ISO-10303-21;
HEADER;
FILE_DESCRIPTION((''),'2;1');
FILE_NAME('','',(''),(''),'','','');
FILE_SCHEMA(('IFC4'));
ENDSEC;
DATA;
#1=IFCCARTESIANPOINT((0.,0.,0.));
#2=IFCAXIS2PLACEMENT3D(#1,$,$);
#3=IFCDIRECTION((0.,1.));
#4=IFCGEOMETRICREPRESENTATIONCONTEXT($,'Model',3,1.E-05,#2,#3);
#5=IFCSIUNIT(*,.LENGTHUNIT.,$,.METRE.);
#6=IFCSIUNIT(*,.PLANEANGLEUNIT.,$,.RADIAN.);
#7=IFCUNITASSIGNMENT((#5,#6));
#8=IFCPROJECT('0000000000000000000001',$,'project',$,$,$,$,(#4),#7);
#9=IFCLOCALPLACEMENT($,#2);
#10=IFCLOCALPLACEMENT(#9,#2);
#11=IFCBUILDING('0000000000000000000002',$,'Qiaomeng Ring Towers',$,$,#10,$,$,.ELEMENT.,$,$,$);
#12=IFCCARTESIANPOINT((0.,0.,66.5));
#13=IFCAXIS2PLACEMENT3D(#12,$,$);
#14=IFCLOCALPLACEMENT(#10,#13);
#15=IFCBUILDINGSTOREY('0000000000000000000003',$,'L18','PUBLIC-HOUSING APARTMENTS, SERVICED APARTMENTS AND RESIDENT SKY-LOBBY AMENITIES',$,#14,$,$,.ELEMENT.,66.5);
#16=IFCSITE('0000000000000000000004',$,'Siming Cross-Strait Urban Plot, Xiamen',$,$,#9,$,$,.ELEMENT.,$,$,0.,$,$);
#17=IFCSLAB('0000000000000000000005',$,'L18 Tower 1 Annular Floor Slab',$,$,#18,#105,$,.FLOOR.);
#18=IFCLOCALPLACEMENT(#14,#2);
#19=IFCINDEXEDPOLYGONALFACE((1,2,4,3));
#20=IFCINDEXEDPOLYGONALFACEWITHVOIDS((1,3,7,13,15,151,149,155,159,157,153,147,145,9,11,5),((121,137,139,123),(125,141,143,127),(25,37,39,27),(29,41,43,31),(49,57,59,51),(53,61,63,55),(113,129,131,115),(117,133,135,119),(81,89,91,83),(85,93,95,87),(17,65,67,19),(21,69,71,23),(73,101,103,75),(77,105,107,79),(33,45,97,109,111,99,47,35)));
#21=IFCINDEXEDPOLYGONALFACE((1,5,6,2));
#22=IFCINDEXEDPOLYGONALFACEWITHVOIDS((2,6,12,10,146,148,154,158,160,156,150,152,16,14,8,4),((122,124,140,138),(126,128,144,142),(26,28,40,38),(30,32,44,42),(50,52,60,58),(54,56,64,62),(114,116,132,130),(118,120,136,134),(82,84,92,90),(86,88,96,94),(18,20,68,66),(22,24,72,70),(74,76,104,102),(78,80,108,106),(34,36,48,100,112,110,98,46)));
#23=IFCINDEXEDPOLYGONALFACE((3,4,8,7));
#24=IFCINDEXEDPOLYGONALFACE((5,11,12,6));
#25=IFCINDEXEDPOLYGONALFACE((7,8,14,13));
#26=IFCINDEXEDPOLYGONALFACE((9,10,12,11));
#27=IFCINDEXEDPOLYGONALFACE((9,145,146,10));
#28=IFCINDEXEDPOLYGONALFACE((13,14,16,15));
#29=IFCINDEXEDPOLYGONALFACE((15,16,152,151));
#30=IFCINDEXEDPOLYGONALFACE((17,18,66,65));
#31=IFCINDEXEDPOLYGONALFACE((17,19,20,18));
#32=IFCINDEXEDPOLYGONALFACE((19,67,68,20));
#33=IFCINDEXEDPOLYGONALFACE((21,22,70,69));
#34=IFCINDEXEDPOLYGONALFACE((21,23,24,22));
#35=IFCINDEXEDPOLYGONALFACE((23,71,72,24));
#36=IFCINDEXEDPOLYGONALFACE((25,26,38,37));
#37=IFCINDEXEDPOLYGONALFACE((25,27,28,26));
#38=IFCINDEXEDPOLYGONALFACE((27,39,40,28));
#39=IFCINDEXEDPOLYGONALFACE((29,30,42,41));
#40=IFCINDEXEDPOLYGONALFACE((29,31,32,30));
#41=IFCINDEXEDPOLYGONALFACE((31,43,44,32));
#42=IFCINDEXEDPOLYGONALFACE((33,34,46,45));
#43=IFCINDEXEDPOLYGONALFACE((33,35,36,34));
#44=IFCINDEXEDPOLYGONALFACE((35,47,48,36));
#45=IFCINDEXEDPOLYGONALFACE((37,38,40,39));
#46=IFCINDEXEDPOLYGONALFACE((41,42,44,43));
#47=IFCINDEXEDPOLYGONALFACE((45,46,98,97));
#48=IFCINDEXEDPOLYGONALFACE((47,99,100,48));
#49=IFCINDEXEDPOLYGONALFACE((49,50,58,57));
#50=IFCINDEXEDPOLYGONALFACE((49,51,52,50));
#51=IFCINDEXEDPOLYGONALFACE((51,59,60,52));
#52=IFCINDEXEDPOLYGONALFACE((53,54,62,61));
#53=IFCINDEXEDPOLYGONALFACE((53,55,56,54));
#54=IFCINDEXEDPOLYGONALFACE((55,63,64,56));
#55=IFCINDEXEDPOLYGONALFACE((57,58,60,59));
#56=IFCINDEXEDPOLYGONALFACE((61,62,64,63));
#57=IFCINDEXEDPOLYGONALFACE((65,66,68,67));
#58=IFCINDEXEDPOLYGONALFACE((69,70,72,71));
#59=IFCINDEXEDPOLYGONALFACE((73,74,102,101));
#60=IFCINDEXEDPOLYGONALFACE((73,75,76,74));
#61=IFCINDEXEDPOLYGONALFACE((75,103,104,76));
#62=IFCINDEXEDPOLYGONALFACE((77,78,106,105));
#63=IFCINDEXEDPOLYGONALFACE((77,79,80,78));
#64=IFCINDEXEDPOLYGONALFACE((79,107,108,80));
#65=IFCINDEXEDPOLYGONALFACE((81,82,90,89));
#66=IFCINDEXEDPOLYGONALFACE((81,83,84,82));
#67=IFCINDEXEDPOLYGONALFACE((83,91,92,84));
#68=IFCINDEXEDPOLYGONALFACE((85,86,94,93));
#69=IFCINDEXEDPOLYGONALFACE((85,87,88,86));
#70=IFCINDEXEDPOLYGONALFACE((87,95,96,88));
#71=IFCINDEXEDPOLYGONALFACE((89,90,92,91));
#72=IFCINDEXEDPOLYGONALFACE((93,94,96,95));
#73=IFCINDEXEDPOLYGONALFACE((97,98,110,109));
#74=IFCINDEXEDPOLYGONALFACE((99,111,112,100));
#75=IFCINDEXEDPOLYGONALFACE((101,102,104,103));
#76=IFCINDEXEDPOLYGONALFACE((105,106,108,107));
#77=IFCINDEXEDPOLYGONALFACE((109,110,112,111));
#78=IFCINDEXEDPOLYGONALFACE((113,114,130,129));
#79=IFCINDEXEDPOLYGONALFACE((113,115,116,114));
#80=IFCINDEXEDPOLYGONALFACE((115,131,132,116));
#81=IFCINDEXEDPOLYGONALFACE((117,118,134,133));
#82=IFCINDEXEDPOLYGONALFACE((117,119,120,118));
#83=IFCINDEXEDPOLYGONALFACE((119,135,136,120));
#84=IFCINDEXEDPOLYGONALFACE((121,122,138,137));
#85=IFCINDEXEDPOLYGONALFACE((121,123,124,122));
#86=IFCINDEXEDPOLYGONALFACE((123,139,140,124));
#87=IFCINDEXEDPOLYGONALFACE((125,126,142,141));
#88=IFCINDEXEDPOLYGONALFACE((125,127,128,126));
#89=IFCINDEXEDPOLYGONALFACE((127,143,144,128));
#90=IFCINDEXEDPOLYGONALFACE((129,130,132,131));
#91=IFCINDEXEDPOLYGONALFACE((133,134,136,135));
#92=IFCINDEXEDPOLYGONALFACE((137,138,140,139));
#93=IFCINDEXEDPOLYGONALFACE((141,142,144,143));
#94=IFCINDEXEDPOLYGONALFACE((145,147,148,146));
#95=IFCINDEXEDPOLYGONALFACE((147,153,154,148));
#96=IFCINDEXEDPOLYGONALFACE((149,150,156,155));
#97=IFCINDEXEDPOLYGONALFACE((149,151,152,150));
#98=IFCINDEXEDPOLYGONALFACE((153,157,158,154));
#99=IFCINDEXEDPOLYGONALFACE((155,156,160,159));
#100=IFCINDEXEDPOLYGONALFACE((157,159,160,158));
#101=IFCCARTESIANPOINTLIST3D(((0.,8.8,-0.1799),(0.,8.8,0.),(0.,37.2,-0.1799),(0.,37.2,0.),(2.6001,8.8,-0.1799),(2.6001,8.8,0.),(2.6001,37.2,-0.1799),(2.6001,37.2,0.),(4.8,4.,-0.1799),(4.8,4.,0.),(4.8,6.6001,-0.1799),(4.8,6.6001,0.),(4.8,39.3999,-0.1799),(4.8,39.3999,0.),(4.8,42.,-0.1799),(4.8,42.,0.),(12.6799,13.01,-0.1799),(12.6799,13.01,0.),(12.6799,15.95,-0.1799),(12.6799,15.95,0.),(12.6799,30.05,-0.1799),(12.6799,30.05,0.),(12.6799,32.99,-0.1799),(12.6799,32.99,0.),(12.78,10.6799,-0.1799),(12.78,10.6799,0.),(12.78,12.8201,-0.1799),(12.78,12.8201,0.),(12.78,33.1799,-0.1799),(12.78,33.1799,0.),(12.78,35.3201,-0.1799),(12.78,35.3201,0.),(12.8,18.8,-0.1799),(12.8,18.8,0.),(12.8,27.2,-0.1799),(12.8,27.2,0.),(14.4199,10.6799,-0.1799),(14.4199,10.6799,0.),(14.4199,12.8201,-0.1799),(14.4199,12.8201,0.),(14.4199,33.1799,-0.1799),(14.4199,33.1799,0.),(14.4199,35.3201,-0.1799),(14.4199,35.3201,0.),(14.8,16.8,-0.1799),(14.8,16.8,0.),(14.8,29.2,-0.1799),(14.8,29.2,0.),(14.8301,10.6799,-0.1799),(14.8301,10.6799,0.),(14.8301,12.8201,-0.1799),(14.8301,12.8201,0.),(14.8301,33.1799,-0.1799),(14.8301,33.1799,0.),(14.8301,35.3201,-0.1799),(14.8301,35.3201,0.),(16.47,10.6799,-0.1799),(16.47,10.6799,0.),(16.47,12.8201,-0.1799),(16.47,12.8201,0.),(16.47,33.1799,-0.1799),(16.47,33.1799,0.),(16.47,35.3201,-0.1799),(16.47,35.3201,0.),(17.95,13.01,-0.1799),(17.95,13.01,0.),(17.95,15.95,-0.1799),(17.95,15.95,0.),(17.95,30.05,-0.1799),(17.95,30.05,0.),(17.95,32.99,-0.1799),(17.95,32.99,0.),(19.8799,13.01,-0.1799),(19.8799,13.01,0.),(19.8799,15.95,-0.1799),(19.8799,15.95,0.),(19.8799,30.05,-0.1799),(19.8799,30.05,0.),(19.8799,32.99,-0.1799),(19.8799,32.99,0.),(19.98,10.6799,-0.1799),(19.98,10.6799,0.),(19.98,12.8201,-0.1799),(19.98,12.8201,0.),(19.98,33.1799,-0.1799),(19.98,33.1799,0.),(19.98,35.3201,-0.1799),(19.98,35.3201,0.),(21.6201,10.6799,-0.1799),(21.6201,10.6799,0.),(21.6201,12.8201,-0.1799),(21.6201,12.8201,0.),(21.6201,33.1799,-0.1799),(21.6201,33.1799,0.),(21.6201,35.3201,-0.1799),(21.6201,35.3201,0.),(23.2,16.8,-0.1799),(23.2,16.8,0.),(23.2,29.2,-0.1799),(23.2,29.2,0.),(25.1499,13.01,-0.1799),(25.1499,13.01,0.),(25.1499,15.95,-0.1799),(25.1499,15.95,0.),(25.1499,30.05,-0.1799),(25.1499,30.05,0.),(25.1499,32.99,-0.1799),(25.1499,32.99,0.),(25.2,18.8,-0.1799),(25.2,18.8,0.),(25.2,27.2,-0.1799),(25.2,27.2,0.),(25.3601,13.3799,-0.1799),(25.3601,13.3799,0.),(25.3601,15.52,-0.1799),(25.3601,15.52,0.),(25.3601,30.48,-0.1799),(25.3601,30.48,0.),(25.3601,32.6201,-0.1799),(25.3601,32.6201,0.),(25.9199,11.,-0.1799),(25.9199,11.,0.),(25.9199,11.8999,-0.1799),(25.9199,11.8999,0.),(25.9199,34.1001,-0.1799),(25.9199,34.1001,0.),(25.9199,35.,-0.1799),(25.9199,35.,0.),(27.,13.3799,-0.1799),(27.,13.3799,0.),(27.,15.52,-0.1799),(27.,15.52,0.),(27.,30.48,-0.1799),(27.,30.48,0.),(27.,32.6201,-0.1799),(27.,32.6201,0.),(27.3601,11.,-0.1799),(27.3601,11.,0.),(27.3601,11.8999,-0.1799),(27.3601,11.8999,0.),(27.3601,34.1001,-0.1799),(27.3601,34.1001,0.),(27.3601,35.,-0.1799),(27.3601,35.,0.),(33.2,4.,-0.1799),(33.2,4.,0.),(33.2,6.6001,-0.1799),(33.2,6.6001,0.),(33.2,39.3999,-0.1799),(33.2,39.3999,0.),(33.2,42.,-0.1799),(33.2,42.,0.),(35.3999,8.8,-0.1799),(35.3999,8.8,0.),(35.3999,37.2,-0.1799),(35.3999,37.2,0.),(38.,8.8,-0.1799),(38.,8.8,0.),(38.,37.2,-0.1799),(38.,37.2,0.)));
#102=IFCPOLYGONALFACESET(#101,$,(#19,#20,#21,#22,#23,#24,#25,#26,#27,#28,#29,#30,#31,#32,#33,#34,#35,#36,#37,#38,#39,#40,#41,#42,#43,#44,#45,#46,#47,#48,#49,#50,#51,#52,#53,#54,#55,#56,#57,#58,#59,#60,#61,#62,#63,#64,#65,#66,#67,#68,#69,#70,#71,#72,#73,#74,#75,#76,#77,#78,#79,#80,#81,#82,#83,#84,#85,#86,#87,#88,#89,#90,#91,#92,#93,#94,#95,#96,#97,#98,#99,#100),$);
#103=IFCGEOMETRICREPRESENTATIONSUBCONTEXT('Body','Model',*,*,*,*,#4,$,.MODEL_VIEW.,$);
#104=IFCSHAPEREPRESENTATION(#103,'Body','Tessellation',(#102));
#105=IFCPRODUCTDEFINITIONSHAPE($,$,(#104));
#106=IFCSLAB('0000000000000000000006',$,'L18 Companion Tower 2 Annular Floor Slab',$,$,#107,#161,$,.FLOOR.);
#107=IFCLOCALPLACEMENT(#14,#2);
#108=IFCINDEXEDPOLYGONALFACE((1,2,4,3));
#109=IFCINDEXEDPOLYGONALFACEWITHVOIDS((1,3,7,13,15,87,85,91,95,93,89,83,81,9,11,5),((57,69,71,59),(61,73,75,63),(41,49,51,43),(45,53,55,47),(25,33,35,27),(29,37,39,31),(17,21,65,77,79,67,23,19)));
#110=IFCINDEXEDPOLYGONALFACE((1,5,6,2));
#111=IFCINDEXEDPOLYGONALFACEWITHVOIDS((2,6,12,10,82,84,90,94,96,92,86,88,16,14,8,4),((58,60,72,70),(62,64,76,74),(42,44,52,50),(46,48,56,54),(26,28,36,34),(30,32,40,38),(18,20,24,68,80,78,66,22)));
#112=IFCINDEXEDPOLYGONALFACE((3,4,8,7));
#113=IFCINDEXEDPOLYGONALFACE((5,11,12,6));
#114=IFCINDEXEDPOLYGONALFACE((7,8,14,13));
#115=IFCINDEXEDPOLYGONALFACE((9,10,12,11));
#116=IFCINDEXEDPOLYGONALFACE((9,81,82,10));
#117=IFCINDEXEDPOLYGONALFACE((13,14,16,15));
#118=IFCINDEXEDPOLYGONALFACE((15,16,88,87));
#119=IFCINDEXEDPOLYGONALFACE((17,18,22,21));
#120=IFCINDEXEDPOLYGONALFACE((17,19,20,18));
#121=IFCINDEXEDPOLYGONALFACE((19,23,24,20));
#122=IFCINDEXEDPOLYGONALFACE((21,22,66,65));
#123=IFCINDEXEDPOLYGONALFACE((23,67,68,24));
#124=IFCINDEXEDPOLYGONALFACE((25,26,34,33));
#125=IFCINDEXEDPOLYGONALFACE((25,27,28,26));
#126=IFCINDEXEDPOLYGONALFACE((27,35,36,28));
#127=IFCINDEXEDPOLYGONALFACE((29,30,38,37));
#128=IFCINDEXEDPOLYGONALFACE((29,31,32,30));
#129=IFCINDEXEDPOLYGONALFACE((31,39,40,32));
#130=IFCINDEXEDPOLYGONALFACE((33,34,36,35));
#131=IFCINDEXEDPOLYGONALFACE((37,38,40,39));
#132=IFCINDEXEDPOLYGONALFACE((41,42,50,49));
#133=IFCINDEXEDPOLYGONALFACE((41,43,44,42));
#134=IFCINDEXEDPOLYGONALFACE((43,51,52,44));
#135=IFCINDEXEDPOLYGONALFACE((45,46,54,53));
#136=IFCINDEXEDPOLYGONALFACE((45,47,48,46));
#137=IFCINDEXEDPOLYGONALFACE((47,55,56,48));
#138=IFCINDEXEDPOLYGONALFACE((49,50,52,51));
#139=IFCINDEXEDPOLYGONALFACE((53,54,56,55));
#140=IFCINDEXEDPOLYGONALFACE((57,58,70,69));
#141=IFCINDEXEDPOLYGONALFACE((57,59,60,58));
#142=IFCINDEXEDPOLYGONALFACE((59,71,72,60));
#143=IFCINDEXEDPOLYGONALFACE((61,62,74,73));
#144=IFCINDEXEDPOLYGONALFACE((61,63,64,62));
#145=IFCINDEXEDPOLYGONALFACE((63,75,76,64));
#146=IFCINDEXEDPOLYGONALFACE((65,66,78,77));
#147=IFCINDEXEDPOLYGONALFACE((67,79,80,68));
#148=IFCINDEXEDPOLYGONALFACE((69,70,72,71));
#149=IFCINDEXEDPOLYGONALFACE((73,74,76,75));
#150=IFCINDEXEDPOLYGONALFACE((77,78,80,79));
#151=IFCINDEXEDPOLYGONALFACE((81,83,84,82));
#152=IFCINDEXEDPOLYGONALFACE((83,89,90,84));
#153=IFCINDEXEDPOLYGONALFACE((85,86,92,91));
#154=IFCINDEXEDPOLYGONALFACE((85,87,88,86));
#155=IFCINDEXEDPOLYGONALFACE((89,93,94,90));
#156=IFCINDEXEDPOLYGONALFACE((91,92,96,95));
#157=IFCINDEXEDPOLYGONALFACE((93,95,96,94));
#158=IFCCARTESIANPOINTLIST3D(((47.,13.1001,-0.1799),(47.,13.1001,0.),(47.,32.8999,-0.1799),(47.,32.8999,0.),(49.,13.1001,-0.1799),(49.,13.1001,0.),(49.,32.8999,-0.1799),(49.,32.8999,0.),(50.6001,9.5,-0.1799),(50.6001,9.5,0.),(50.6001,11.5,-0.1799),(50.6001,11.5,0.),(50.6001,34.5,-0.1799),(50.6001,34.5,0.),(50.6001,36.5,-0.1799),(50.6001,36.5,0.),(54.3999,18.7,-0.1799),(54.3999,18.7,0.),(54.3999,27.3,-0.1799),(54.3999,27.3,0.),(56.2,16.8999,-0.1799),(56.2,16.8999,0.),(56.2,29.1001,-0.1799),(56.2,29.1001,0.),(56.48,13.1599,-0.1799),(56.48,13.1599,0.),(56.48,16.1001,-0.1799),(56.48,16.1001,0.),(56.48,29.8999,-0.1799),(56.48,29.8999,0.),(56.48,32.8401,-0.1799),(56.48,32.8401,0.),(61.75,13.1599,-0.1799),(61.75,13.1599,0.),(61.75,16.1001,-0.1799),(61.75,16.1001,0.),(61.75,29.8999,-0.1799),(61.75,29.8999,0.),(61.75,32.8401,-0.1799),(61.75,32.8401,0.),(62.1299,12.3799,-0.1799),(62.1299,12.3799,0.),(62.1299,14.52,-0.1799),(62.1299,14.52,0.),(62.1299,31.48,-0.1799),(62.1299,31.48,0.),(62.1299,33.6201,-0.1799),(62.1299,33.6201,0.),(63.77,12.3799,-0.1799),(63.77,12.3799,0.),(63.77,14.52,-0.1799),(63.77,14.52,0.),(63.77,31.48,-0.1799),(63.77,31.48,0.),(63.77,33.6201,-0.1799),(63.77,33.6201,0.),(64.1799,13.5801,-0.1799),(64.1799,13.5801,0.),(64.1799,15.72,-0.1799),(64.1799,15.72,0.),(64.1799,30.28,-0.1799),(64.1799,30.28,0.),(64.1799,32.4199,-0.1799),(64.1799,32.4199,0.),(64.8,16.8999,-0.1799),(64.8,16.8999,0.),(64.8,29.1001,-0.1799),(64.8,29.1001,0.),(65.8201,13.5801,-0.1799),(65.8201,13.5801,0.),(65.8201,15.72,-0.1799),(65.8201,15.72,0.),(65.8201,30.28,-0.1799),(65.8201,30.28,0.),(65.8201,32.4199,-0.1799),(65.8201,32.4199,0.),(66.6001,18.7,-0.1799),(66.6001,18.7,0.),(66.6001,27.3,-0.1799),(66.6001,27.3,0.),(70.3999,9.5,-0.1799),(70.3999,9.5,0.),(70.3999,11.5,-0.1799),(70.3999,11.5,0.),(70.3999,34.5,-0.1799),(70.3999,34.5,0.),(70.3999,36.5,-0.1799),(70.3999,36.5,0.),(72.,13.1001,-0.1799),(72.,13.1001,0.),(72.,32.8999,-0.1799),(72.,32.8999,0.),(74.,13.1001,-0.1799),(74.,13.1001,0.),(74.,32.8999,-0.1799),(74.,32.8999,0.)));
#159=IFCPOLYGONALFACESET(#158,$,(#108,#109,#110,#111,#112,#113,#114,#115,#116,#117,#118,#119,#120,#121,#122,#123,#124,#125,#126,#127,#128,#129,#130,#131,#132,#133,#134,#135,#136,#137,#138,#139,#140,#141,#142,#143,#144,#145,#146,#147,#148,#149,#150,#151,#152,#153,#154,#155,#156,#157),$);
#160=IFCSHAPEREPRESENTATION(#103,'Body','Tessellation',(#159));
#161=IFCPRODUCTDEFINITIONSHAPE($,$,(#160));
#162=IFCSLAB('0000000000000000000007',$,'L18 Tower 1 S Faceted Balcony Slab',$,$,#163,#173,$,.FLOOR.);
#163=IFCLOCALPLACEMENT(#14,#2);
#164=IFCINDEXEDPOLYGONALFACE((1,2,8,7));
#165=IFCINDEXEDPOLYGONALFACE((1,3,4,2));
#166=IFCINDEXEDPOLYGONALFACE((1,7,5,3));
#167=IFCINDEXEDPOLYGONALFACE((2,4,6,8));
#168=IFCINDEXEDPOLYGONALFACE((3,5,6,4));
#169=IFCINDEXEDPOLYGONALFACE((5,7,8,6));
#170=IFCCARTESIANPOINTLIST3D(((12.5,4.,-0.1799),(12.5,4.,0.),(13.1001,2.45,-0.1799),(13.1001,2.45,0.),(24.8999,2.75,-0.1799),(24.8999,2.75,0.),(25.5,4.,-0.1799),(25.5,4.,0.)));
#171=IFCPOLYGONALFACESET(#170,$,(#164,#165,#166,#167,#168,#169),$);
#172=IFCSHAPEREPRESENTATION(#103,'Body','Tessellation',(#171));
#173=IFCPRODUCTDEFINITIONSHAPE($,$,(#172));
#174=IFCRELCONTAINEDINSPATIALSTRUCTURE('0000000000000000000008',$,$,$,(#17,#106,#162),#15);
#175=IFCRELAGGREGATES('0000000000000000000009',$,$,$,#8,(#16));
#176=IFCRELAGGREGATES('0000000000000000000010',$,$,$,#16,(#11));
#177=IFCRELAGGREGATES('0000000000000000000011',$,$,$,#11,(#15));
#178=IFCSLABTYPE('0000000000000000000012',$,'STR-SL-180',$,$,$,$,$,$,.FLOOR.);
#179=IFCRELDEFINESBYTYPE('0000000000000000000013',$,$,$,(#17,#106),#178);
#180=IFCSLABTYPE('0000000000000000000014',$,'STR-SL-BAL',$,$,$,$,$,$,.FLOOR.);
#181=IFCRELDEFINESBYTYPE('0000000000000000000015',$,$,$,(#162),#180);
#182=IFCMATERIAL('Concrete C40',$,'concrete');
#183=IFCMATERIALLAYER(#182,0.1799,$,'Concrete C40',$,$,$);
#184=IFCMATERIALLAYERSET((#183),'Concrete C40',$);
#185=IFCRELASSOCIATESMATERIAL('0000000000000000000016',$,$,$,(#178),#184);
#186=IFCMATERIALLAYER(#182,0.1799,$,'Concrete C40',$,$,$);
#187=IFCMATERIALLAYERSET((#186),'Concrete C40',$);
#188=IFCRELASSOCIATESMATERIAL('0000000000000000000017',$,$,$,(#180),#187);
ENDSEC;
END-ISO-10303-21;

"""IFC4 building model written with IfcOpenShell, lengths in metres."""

from ifc_helpers import new_model, si_unit, direction, frame, origin, place, context, subcontext, project, spatial, polyline, outline, extrude, material, layer, layer_set, type_object, element, save


model = new_model("IFC4")

# Units and contexts
model_context = context("Model", 3, precision=1e-05, world=origin(), true_north=direction((0.0, 1.0)))
body_context = subcontext(model_context, "Body", "Model", "MODEL_VIEW")
ifc_project = project(units=[si_unit("LENGTHUNIT", "METRE"), si_unit("PLANEANGLEUNIT", "RADIAN")], contexts=[model_context])

# Site, building, storey
site_placement = place(None, origin())
site = spatial("IfcSite", under=ifc_project, at=site_placement, Name="Siming Cross-Strait Urban Plot, Xiamen", CompositionType="ELEMENT", RefElevation=0.0)
building_placement = place(site_placement, origin())
building = spatial("IfcBuilding", under=site, at=building_placement, Name="Qiaomeng Ring Towers", CompositionType="ELEMENT")
storey_placement = place(building_placement, frame((0.0, 0.0, 66.5)))
storey = spatial("IfcBuildingStorey", under=building, at=storey_placement, Name="L18", Description="PUBLIC-HOUSING APARTMENTS, SERVICED APARTMENTS AND RESIDENT SKY-LOBBY AMENITIES", CompositionType="ELEMENT", Elevation=66.5)

# Slabs
ifc_material_1 = material(Name="Concrete C40", Category="concrete")
ifc_layer_1 = layer(ifc_material_1, 0.1799, Name="Concrete C40")
ifc_layer_set_1 = layer_set([ifc_layer_1], Name="Concrete C40")
slab_type_1 = type_object("IfcSlabType", Name="STR-SL-180", PredefinedType="FLOOR", material=ifc_layer_set_1)
slab_1_placement = place(storey_placement, frame((0.0, 0.0, -0.1799)))
element("IfcSlab", 1, at=slab_1_placement, inside=storey, type_object=slab_type_1, Name="L18 Tower 1 Annular Floor Slab", PredefinedType="FLOOR", context=body_context, shape_type="SweptSolid", body=[
    extrude(outline(polyline([(4.8, 4.0), (33.2, 4.0), (33.2, 6.6001), (35.3999, 8.8), (38.0, 8.8), (38.0, 37.2), (35.3999, 37.2), (33.2, 39.3999), (33.2, 42.0), (4.8, 42.0), (4.8, 39.3999), (2.6001, 37.2), (0.0, 37.2), (0.0, 8.8), (2.6001, 8.8), (4.8, 6.6001), (4.8, 4.0)]), holes=[polyline([(12.78, 10.6799), (12.78, 12.8201), (14.4199, 12.8201), (14.4199, 10.6799), (12.78, 10.6799)]), polyline([(14.8301, 12.8201), (16.47, 12.8201), (16.47, 10.6799), (14.8301, 10.6799), (14.8301, 12.8201)]), polyline([(12.6799, 15.95), (17.95, 15.95), (17.95, 13.01), (12.6799, 13.01), (12.6799, 15.95)]), polyline([(25.2, 27.2), (25.2, 18.8), (23.2, 16.8), (14.8, 16.8), (12.8, 18.8), (12.8, 27.2), (14.8, 29.2), (23.2, 29.2), (25.2, 27.2)]), polyline([(12.6799, 32.99), (17.95, 32.99), (17.95, 30.05), (12.6799, 30.05), (12.6799, 32.99)]), polyline([(12.78, 35.3201), (14.4199, 35.3201), (14.4199, 33.1799), (12.78, 33.1799), (12.78, 35.3201)]), polyline([(14.8301, 35.3201), (16.47, 35.3201), (16.47, 33.1799), (14.8301, 33.1799), (14.8301, 35.3201)]), polyline([(19.98, 35.3201), (21.6201, 35.3201), (21.6201, 33.1799), (19.98, 33.1799), (19.98, 35.3201)]), polyline([(25.9199, 11.8999), (27.3601, 11.8999), (27.3601, 11.0), (25.9199, 11.0), (25.9199, 11.8999)]), polyline([(19.98, 12.8201), (21.6201, 12.8201), (21.6201, 10.6799), (19.98, 10.6799), (19.98, 12.8201)]), polyline([(25.3601, 15.52), (27.0, 15.52), (27.0, 13.3799), (25.3601, 13.3799), (25.3601, 15.52)]), polyline([(19.8799, 15.95), (25.1499, 15.95), (25.1499, 13.01), (19.8799, 13.01), (19.8799, 15.95)]), polyline([(19.8799, 32.99), (25.1499, 32.99), (25.1499, 30.05), (19.8799, 30.05), (19.8799, 32.99)]), polyline([(25.3601, 32.6201), (27.0, 32.6201), (27.0, 30.48), (25.3601, 30.48), (25.3601, 32.6201)]), polyline([(25.9199, 35.0), (27.3601, 35.0), (27.3601, 34.1001), (25.9199, 34.1001), (25.9199, 35.0)])]), origin(), (0.0, 0.0, 1.0), 0.1799),
])
slab_2_placement = place(storey_placement, frame((0.0, 0.0, -0.1799)))
element("IfcSlab", 2, at=slab_2_placement, inside=storey, type_object=slab_type_1, Name="L18 Companion Tower 2 Annular Floor Slab", PredefinedType="FLOOR", context=body_context, shape_type="SweptSolid", body=[
    extrude(outline(polyline([(50.6001, 9.5), (70.3999, 9.5), (70.3999, 11.5), (72.0, 13.1001), (74.0, 13.1001), (74.0, 32.8999), (72.0, 32.8999), (70.3999, 34.5), (70.3999, 36.5), (50.6001, 36.5), (50.6001, 34.5), (49.0, 32.8999), (47.0, 32.8999), (47.0, 13.1001), (49.0, 13.1001), (50.6001, 11.5), (50.6001, 9.5)]), holes=[polyline([(62.1299, 12.3799), (62.1299, 14.52), (63.77, 14.52), (63.77, 12.3799), (62.1299, 12.3799)]), polyline([(56.48, 13.1599), (56.48, 16.1001), (61.75, 16.1001), (61.75, 13.1599), (56.48, 13.1599)]), polyline([(64.1799, 13.5801), (64.1799, 15.72), (65.8201, 15.72), (65.8201, 13.5801), (64.1799, 13.5801)]), polyline([(64.8, 29.1001), (66.6001, 27.3), (66.6001, 18.7), (64.8, 16.8999), (56.2, 16.8999), (54.3999, 18.7), (54.3999, 27.3), (56.2, 29.1001), (64.8, 29.1001)]), polyline([(64.1799, 30.28), (64.1799, 32.4199), (65.8201, 32.4199), (65.8201, 30.28), (64.1799, 30.28)]), polyline([(56.48, 32.8401), (61.75, 32.8401), (61.75, 29.8999), (56.48, 29.8999), (56.48, 32.8401)]), polyline([(62.1299, 33.6201), (63.77, 33.6201), (63.77, 31.48), (62.1299, 31.48), (62.1299, 33.6201)])]), origin(), (0.0, 0.0, 1.0), 0.1799),
])
ifc_layer_2 = layer(ifc_material_1, 0.1799, Name="Concrete C40")
ifc_layer_set_2 = layer_set([ifc_layer_2], Name="Concrete C40")
slab_type_2 = type_object("IfcSlabType", Name="STR-SL-BAL", PredefinedType="FLOOR", material=ifc_layer_set_2)
slab_3_placement = place(storey_placement, frame((0.0, 0.0, -0.1799)))
element("IfcSlab", 3, at=slab_3_placement, inside=storey, type_object=slab_type_2, Name="L18 Tower 1 S Faceted Balcony Slab", PredefinedType="FLOOR", context=body_context, shape_type="SweptSolid", body=[
    extrude(outline(polyline([(24.8999, 2.75), (13.1001, 2.45), (12.5, 4.0), (25.5, 4.0), (24.8999, 2.75)])), origin(), (0.0, 0.0, 1.0), 0.1799),
])

save(model, "model.ifc")
